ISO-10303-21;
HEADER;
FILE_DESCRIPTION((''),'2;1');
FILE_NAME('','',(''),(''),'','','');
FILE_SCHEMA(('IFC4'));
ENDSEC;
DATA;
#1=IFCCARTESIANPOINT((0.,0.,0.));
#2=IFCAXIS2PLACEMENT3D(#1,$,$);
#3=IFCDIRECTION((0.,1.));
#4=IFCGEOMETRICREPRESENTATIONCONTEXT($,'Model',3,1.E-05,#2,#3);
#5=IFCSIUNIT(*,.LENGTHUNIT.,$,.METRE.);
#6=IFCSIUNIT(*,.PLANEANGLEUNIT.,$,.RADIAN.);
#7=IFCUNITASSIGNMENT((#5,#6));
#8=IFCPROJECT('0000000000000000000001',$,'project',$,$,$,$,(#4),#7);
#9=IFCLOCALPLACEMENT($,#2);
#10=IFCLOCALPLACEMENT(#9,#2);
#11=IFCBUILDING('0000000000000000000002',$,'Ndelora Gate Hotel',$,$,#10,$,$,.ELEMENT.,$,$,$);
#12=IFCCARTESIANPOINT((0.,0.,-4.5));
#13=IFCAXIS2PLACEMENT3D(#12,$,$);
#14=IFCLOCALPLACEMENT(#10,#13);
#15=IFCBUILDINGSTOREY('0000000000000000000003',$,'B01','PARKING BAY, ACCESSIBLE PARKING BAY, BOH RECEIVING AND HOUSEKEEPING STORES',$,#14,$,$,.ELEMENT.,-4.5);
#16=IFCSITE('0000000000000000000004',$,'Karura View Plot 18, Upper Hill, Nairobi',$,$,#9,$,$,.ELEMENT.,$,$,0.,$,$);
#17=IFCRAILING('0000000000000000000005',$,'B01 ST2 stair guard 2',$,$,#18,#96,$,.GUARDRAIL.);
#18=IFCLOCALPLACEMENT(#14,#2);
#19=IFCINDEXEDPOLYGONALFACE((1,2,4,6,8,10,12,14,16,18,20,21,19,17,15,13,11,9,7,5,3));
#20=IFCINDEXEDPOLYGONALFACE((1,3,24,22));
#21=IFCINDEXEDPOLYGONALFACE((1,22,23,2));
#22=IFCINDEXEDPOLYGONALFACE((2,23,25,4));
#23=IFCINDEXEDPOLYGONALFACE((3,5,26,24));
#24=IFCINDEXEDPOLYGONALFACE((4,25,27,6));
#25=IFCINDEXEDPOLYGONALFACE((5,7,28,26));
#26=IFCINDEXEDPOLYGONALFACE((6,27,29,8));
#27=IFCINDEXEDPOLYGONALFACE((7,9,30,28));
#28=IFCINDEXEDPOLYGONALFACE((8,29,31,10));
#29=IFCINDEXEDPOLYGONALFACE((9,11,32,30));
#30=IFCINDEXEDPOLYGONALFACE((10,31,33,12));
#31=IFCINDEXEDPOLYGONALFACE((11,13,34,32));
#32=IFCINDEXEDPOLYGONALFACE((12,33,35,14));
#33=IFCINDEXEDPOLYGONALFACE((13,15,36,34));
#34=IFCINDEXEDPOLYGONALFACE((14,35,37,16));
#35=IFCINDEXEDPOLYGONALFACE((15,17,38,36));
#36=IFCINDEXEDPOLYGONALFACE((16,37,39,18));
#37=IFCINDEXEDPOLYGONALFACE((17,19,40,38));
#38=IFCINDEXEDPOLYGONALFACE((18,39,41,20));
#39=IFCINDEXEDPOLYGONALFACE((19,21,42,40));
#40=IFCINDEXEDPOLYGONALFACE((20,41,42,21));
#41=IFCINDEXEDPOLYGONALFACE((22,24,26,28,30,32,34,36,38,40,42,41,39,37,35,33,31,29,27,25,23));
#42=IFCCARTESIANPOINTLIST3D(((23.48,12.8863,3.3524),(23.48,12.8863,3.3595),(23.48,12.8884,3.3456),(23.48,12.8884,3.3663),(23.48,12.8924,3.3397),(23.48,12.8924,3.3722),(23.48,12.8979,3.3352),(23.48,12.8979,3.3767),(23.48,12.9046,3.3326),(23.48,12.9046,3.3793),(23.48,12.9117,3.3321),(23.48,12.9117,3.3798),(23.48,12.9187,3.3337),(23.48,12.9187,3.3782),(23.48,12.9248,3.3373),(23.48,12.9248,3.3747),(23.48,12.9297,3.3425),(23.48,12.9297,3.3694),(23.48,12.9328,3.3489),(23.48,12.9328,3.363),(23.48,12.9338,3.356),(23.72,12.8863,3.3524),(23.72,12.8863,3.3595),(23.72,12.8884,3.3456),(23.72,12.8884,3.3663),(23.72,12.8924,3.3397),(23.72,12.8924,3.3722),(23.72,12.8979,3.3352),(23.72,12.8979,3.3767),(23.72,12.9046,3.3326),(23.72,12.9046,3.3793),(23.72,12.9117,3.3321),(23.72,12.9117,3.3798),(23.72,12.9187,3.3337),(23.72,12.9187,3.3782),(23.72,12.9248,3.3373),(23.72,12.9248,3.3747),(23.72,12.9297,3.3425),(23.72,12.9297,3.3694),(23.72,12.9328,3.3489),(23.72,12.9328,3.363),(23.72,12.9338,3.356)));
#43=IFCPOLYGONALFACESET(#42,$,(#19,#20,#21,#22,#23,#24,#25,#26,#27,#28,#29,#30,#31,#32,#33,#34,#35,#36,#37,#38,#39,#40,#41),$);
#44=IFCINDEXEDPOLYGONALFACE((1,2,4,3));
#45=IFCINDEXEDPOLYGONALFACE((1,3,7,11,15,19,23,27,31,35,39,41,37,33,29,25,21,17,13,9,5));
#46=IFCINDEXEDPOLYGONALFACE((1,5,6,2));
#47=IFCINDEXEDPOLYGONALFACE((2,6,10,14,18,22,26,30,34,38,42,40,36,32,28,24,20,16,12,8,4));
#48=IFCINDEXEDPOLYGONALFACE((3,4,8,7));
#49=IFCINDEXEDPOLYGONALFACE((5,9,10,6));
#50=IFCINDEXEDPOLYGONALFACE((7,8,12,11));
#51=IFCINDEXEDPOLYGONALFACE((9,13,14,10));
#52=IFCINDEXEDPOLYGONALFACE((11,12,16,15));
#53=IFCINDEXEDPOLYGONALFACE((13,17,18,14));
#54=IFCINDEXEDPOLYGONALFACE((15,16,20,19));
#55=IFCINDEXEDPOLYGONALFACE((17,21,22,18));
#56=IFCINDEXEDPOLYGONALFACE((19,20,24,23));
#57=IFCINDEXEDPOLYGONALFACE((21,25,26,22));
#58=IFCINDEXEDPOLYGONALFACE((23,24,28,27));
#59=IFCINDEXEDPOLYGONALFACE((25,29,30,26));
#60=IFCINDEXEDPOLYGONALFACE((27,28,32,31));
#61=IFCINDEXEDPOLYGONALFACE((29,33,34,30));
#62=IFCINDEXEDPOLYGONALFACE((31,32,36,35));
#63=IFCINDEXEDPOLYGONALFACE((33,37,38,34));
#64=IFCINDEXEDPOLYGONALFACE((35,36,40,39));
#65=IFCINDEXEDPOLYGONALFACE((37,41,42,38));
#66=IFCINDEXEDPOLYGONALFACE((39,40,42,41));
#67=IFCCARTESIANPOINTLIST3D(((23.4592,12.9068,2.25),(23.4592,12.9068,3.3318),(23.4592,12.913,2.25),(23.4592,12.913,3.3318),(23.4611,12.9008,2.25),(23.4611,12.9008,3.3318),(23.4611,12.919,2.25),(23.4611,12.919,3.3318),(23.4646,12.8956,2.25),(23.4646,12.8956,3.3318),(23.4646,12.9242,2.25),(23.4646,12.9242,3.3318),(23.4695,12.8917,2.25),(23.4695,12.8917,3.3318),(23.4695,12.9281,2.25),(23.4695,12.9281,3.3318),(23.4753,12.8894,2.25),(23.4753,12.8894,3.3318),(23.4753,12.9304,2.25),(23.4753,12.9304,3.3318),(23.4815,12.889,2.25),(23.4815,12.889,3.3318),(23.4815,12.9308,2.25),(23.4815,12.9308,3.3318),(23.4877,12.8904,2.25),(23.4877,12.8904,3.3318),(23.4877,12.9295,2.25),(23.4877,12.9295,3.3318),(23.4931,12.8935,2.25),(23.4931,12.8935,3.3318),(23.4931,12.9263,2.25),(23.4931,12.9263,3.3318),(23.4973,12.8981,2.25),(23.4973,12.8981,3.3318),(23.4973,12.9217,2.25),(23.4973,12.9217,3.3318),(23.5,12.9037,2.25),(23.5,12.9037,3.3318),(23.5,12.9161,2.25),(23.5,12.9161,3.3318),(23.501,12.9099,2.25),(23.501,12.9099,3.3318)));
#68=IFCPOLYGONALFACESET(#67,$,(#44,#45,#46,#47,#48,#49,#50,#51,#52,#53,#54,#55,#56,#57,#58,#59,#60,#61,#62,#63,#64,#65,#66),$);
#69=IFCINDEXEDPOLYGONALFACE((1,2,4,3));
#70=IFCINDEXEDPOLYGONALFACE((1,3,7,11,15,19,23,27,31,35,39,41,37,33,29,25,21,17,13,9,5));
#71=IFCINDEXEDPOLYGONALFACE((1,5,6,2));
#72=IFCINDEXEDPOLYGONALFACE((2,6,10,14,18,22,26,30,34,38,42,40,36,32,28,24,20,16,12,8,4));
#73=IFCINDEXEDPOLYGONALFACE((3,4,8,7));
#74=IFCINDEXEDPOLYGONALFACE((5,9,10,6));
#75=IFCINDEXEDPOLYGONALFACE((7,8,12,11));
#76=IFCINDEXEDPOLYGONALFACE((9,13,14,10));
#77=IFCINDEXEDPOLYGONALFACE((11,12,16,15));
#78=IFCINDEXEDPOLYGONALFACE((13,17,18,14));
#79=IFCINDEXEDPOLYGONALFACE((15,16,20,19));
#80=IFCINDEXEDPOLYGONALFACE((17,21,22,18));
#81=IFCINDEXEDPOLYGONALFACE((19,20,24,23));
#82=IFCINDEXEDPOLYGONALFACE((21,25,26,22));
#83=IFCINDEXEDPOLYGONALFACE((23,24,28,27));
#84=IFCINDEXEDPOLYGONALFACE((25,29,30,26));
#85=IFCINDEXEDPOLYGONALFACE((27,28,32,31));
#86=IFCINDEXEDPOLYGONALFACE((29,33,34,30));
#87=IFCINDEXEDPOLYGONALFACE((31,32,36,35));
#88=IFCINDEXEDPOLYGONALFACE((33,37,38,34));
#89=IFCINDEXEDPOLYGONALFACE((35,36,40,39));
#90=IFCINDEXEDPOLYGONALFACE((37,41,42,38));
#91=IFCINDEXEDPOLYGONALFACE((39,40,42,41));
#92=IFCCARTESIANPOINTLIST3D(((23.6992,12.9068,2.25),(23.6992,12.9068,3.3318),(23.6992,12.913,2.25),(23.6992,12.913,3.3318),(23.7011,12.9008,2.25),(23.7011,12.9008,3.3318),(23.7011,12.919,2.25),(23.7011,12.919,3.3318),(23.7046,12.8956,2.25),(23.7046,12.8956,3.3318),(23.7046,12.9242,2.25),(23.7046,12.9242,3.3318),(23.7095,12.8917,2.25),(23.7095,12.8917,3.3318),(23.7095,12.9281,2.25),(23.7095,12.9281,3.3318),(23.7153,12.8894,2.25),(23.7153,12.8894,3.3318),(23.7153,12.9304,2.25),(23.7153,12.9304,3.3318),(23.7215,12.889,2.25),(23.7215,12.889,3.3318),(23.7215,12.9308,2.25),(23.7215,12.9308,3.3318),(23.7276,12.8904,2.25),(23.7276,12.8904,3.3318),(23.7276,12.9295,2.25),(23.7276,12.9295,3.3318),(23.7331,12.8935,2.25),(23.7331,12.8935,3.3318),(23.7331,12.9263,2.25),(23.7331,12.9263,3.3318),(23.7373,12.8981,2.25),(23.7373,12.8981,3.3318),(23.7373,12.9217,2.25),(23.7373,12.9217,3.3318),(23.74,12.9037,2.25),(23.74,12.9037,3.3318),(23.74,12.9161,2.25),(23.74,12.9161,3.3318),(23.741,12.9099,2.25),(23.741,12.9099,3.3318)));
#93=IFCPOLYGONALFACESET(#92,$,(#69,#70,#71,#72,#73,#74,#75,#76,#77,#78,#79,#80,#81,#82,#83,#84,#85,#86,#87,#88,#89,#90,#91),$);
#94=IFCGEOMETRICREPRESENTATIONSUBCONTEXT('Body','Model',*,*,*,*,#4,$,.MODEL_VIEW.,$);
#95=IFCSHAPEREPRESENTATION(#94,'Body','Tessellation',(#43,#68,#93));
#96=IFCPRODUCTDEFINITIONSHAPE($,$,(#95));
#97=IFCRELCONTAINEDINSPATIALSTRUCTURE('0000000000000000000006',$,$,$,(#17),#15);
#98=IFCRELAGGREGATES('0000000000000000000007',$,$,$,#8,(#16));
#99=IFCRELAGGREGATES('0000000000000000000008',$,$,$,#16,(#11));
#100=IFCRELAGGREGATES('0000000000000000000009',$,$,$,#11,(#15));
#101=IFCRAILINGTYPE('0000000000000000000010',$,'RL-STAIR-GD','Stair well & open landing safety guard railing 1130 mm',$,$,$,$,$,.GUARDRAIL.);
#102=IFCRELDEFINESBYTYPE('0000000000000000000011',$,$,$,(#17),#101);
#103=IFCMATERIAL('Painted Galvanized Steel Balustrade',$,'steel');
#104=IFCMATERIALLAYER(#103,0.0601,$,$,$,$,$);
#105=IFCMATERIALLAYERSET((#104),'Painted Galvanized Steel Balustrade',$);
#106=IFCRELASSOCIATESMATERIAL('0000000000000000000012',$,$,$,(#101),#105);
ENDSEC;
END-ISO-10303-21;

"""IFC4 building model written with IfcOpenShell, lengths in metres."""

from ifc_helpers import new_model, si_unit, direction, frame, origin, origin_2d, place, context, subcontext, project, spatial, circle, extrude, material, layer, layer_set, type_object, element, save


model = new_model("IFC4")

# Units and contexts
model_context = context("Model", 3, precision=1e-05, world=origin(), true_north=direction((0.0, 1.0)))
body_context = subcontext(model_context, "Body", "Model", "MODEL_VIEW")
ifc_project = project(units=[si_unit("LENGTHUNIT", "METRE"), si_unit("PLANEANGLEUNIT", "RADIAN")], contexts=[model_context])

# Site, building, storey
site_placement = place(None, origin())
site = spatial("IfcSite", under=ifc_project, at=site_placement, Name="Karura View Plot 18, Upper Hill, Nairobi", CompositionType="ELEMENT", RefElevation=0.0)
building_placement = place(site_placement, origin())
building = spatial("IfcBuilding", under=site, at=building_placement, Name="Ndelora Gate Hotel", CompositionType="ELEMENT")
storey_placement = place(building_placement, frame((0.0, 0.0, -4.5)))
storey = spatial("IfcBuildingStorey", under=building, at=storey_placement, Name="B01", Description="PARKING BAY, ACCESSIBLE PARKING BAY, BOH RECEIVING AND HOUSEKEEPING STORES", CompositionType="ELEMENT", Elevation=-4.5)

# Railing
ifc_material_1 = material(Name="Painted Galvanized Steel Balustrade", Category="steel")
ifc_layer_1 = layer(ifc_material_1, 0.0601)
ifc_layer_set_1 = layer_set([ifc_layer_1], Name="Painted Galvanized Steel Balustrade")
railing_type_1 = type_object("IfcRailingType", Name="RL-STAIR-GD", Description="Stair well & open landing safety guard railing 1130 mm", PredefinedType="GUARDRAIL", material=ifc_layer_set_1)
railing_1_placement = place(storey_placement, frame((23.48, 12.9099, 2.25)))
element("IfcRailing", 1, at=railing_1_placement, inside=storey, type_object=railing_type_1, Name="B01 ST2 stair guard 2", PredefinedType="GUARDRAIL", context=body_context, shape_type="SweptSolid", body=[
    extrude(circle(Radius=0.0239, at=origin_2d()), frame((0.0, 0.0, 1.106), z_axis=(1.0, 0.0, 0.0), x_axis=(0.0, 1.0, 0.0)), (0.0, 0.0, 1.0), 0.24),
    extrude(circle(Radius=0.021, at=origin_2d()), origin(), (0.0, 0.0, 1.0), 1.0818),
    extrude(circle(Radius=0.021, at=origin_2d()), frame((0.24, 0.0, 0.0)), (0.0, 0.0, 1.0), 1.0818),
])

save(model, "model.ifc")
